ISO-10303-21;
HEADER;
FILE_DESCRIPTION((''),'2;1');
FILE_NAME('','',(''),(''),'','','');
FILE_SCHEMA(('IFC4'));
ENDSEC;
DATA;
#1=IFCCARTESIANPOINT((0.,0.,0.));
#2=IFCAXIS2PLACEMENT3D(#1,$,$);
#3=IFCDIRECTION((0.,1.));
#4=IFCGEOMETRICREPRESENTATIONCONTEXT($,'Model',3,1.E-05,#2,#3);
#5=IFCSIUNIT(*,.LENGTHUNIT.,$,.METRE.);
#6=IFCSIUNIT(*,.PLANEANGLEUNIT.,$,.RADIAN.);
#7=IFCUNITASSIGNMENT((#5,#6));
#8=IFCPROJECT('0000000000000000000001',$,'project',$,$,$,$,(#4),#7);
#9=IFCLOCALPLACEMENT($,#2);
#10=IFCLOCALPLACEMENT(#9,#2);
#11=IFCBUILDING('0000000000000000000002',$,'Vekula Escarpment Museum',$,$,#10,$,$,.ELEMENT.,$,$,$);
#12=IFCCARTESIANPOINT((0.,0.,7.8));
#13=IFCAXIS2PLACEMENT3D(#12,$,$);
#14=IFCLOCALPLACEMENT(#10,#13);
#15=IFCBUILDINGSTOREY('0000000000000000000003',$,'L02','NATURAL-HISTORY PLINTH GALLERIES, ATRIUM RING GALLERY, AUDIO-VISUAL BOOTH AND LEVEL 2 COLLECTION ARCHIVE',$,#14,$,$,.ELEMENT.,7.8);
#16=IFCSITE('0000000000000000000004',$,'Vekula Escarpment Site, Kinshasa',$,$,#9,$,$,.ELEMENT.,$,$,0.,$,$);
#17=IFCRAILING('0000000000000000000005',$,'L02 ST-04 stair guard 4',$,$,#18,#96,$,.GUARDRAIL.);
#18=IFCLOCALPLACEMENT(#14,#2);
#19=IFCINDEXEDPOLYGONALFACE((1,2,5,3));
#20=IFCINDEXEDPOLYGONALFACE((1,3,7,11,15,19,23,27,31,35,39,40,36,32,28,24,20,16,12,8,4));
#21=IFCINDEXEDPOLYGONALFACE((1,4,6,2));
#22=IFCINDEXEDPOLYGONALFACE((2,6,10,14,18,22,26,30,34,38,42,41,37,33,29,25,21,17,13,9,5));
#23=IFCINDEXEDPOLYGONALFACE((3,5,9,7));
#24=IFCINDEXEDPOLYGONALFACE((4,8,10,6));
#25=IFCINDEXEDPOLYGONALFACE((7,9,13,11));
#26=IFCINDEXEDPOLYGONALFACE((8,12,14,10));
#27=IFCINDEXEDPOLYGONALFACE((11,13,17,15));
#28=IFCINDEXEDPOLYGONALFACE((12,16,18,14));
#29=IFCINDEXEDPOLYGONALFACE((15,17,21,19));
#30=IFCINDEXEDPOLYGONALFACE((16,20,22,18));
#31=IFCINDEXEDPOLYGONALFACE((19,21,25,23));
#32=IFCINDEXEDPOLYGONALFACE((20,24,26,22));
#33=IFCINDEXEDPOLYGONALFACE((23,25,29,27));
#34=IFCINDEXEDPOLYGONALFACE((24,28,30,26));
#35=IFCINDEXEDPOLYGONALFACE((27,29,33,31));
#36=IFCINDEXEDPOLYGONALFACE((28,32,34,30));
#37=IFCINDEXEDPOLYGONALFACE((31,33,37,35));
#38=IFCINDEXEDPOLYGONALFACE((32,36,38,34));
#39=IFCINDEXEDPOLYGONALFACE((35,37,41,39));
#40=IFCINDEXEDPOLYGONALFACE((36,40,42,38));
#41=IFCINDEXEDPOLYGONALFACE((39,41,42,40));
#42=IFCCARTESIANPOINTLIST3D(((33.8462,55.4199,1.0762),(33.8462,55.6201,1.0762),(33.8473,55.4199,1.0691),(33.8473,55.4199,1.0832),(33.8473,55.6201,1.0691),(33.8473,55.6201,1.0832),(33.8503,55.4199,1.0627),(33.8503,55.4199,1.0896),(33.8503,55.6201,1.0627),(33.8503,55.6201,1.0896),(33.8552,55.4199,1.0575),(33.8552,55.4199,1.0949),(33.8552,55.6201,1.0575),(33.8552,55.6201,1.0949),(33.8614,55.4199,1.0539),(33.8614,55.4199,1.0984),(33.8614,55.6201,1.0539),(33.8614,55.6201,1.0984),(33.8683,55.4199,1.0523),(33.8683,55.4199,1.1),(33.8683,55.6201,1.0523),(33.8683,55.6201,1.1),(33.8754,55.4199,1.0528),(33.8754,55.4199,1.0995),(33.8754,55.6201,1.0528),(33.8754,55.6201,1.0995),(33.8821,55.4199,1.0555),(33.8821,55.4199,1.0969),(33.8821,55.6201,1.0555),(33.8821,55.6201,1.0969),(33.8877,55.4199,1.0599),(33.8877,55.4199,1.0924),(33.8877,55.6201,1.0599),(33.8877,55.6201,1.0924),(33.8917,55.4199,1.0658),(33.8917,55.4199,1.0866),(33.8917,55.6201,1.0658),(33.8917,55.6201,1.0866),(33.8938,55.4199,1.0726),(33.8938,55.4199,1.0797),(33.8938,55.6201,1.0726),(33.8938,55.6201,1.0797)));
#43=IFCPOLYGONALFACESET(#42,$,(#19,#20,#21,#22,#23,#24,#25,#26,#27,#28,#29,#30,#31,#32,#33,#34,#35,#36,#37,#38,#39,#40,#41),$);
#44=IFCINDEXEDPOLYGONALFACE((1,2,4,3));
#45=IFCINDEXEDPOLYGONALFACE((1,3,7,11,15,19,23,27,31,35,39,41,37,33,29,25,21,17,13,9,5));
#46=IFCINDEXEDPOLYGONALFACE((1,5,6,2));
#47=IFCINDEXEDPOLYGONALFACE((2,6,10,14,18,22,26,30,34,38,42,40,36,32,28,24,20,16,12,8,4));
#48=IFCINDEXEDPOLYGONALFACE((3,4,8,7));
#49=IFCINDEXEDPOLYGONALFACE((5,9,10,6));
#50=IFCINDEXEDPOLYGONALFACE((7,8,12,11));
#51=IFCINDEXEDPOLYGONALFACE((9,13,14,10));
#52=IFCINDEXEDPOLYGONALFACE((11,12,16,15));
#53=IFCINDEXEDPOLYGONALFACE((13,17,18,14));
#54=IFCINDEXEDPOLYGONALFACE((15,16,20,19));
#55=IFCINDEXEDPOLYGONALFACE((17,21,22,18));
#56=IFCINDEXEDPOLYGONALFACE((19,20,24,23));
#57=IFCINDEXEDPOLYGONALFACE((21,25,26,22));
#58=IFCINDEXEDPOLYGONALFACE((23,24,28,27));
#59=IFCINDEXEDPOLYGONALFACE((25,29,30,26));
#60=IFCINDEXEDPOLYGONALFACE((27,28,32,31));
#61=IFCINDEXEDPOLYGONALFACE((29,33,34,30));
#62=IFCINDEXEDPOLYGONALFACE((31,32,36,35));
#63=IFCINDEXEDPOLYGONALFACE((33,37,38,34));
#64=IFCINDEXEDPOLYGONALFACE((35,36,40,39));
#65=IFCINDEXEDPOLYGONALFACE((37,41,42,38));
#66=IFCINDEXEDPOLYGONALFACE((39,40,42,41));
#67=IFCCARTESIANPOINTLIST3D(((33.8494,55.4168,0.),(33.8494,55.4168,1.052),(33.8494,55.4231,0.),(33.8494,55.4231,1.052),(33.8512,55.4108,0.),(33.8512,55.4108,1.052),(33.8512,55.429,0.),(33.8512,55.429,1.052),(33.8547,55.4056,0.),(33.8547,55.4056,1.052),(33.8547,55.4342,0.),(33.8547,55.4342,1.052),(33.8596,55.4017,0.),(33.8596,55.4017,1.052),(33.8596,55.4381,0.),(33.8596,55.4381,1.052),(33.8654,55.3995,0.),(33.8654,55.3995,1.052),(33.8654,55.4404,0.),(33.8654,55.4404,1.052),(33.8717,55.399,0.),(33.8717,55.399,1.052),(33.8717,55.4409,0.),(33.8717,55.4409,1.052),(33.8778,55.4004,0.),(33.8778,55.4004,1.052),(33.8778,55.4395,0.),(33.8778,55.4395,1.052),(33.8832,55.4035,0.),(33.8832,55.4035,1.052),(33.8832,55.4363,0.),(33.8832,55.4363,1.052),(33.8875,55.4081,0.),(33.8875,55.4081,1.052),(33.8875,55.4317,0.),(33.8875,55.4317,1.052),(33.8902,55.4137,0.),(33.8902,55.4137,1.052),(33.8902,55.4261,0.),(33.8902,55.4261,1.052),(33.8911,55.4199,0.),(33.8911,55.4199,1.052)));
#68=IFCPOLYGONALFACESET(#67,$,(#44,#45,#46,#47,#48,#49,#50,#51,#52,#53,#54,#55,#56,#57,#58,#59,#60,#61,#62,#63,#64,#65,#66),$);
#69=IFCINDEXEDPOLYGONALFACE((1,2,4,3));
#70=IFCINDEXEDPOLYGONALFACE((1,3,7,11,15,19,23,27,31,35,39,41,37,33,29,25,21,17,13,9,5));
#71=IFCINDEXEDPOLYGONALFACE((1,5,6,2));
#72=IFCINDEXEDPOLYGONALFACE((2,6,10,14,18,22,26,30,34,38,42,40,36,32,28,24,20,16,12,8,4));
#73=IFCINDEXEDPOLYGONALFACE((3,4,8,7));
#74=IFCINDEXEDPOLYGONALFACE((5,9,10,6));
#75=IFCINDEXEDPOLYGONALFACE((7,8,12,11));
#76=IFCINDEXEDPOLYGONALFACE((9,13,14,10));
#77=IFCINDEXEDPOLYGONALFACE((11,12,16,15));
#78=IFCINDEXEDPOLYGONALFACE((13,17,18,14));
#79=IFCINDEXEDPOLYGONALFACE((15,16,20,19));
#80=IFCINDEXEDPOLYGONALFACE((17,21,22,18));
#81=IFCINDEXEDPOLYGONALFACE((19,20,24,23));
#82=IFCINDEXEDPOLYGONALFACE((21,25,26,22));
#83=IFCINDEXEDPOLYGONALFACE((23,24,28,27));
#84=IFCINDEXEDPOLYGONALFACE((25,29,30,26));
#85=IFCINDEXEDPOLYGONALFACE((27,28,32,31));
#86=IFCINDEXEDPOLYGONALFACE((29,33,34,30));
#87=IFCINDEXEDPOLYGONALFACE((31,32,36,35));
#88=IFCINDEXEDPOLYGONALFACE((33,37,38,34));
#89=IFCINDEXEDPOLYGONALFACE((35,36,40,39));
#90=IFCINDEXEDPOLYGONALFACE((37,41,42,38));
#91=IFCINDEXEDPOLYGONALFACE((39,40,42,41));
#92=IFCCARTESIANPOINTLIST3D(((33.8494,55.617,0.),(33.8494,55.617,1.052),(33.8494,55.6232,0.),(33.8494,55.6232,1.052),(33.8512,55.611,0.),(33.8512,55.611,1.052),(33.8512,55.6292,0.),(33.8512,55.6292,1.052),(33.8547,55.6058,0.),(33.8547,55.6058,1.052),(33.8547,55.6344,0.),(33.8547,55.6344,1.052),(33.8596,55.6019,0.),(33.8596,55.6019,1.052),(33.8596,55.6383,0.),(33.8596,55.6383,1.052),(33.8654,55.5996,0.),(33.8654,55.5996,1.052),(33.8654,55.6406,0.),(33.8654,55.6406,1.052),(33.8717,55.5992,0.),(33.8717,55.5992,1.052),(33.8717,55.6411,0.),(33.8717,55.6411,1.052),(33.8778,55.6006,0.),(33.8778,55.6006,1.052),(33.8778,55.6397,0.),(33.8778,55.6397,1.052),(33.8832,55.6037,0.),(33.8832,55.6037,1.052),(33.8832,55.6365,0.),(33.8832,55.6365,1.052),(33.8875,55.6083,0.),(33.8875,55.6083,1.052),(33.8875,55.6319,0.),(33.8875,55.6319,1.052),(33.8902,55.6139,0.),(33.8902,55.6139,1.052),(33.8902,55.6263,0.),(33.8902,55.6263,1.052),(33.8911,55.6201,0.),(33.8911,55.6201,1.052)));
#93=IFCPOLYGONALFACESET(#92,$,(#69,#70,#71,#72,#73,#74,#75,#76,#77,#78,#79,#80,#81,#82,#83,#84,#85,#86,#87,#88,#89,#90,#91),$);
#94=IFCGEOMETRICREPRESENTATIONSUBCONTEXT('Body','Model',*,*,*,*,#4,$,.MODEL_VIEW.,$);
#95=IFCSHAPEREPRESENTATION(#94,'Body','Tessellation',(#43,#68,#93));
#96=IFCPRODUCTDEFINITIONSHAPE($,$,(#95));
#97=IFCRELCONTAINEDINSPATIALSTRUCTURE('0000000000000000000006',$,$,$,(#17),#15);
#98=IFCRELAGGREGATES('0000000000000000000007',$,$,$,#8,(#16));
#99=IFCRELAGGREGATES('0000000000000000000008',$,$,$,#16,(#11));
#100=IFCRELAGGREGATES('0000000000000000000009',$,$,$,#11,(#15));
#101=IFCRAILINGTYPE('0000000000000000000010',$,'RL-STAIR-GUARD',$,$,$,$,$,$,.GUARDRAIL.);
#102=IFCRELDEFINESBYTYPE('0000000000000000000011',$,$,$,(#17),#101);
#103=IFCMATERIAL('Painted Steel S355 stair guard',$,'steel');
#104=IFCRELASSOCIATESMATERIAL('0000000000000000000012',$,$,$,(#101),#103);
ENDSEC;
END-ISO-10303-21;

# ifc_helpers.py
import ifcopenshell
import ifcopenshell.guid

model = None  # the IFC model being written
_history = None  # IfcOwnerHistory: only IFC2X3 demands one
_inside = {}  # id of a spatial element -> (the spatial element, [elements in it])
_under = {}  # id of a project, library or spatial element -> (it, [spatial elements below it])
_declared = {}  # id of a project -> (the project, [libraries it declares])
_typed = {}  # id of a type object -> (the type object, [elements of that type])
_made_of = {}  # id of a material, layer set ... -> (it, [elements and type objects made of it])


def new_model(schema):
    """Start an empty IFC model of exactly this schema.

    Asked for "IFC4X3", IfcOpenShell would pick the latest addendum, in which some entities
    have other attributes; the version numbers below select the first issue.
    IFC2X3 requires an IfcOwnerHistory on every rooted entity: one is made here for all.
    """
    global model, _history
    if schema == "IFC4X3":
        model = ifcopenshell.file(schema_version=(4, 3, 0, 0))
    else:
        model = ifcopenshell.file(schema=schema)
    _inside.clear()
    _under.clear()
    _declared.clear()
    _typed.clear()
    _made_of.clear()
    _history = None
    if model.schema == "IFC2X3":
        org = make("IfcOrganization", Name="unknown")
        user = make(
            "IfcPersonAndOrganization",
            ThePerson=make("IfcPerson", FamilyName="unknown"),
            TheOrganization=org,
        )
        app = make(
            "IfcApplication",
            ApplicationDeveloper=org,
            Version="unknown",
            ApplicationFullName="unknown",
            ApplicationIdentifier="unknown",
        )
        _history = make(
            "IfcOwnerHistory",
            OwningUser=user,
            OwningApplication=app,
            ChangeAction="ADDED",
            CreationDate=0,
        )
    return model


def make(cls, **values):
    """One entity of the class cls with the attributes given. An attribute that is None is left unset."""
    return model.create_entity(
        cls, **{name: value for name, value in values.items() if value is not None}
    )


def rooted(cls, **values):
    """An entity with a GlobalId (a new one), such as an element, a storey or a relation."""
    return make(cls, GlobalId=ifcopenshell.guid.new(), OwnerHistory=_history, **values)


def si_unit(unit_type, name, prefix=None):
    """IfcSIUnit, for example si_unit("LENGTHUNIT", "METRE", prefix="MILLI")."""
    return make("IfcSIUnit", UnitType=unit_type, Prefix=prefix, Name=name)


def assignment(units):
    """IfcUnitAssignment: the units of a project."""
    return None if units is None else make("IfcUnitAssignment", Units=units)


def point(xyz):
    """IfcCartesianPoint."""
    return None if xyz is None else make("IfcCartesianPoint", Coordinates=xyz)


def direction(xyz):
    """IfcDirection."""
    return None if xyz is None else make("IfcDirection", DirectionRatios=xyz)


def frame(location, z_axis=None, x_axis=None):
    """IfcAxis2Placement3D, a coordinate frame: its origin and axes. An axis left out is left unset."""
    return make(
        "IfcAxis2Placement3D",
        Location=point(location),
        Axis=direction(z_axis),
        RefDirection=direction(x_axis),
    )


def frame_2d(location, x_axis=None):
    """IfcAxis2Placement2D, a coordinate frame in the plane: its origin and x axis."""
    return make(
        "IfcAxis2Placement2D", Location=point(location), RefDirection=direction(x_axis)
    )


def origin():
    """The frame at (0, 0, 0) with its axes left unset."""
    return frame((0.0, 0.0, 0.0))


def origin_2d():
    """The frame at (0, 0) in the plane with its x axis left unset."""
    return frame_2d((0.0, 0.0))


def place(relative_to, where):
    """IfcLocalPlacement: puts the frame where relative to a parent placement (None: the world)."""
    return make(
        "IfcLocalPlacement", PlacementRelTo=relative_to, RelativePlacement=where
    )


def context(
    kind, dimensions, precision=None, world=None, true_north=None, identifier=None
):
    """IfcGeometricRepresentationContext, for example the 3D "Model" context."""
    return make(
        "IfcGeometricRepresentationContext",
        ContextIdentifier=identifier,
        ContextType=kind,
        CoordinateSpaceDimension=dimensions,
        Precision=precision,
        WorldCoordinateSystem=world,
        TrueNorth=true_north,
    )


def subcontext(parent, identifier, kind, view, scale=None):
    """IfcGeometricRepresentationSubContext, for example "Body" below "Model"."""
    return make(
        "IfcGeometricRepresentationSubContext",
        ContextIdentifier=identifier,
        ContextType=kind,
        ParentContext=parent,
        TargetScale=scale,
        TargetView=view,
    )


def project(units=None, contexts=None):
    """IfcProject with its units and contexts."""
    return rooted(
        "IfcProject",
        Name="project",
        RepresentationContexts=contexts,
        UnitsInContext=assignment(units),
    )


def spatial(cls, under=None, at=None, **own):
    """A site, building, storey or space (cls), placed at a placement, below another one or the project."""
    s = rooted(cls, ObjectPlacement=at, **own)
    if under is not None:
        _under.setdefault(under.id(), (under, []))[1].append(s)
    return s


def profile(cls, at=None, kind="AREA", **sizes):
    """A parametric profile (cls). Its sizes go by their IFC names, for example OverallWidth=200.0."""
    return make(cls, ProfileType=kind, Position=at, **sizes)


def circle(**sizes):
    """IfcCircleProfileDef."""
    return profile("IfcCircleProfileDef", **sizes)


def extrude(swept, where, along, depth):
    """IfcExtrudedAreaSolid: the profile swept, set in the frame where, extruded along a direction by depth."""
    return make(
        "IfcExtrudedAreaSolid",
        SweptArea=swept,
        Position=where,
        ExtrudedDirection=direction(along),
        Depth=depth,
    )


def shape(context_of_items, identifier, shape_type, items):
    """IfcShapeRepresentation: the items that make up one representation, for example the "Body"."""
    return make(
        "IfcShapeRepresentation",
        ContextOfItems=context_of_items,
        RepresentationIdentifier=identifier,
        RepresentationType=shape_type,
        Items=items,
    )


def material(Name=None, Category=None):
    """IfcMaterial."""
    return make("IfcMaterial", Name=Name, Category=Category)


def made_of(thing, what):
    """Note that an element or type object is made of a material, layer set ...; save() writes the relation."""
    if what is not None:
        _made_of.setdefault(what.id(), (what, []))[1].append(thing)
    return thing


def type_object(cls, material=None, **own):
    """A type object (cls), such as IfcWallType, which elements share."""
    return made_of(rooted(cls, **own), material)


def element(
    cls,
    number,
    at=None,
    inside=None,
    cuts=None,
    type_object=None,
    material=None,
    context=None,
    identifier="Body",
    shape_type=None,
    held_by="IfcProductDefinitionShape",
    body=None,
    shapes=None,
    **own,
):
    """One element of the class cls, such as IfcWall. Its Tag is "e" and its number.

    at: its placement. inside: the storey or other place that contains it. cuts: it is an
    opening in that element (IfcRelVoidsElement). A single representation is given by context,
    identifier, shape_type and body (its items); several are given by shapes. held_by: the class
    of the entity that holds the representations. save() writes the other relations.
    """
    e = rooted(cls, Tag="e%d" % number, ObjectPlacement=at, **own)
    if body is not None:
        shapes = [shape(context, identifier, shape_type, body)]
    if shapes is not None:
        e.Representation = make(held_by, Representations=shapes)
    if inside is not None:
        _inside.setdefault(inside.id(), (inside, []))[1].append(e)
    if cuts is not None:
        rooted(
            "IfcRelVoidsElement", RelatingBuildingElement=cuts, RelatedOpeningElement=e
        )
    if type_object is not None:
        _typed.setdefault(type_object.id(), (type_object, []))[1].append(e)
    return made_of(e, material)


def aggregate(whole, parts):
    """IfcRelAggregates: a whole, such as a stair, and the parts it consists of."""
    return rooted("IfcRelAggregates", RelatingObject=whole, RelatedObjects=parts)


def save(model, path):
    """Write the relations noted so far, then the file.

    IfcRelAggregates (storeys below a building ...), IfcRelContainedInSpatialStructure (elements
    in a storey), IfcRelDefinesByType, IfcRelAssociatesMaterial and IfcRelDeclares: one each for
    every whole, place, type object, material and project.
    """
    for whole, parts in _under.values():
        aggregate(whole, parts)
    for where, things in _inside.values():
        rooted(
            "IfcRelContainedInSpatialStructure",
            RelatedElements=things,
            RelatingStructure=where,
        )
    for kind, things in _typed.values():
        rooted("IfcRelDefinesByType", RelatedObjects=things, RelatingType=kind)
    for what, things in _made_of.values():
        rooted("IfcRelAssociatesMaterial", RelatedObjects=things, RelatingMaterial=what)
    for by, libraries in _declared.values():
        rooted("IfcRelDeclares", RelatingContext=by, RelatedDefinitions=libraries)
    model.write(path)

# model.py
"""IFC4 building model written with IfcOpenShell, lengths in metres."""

from ifc_helpers import new_model, si_unit, direction, frame, origin, origin_2d, place, context, subcontext, project, spatial, circle, extrude, material, type_object, element, save


model = new_model("IFC4")

# Units and contexts
model_context = context("Model", 3, precision=1e-05, world=origin(), true_north=direction((0.0, 1.0)))
body_context = subcontext(model_context, "Body", "Model", "MODEL_VIEW")
ifc_project = project(units=[si_unit("LENGTHUNIT", "METRE"), si_unit("PLANEANGLEUNIT", "RADIAN")], contexts=[model_context])

# Site, building, storey
site_placement = place(None, origin())
site = spatial("IfcSite", under=ifc_project, at=site_placement, Name="Vekula Escarpment Site, Kinshasa", CompositionType="ELEMENT", RefElevation=0.0)
building_placement = place(site_placement, origin())
building = spatial("IfcBuilding", under=site, at=building_placement, Name="Vekula Escarpment Museum", CompositionType="ELEMENT")
storey_placement = place(building_placement, frame((0.0, 0.0, 7.8)))
storey = spatial("IfcBuildingStorey", under=building, at=storey_placement, Name="L02", Description="NATURAL-HISTORY PLINTH GALLERIES, ATRIUM RING GALLERY, AUDIO-VISUAL BOOTH AND LEVEL 2 COLLECTION ARCHIVE", CompositionType="ELEMENT", Elevation=7.8)

# Railing
ifc_material_1 = material(Name="Painted Steel S355 stair guard", Category="steel")
railing_type_1 = type_object("IfcRailingType", Name="RL-STAIR-GUARD", PredefinedType="GUARDRAIL", material=ifc_material_1)
railing_1_placement = place(storey_placement, frame((33.8701, 55.4199, 0.0)))
element("IfcRailing", 1, at=railing_1_placement, inside=storey, type_object=railing_type_1, Name="L02 ST-04 stair guard 4", PredefinedType="GUARDRAIL", context=body_context, shape_type="SweptSolid", body=[
    extrude(circle(Radius=0.0239, at=origin_2d()), frame((0.0, 0.0, 1.0762), z_axis=(0.0, 1.0, 0.0), x_axis=(-1.0, 0.0, 0.0)), (0.0, 0.0, 1.0), 0.2002),
    extrude(circle(Radius=0.021, at=origin_2d()), origin(), (0.0, 0.0, 1.0), 1.052),
    extrude(circle(Radius=0.021, at=origin_2d()), frame((0.0, 0.2002, 0.0)), (0.0, 0.0, 1.0), 1.052),
])

save(model, "model.ifc")
